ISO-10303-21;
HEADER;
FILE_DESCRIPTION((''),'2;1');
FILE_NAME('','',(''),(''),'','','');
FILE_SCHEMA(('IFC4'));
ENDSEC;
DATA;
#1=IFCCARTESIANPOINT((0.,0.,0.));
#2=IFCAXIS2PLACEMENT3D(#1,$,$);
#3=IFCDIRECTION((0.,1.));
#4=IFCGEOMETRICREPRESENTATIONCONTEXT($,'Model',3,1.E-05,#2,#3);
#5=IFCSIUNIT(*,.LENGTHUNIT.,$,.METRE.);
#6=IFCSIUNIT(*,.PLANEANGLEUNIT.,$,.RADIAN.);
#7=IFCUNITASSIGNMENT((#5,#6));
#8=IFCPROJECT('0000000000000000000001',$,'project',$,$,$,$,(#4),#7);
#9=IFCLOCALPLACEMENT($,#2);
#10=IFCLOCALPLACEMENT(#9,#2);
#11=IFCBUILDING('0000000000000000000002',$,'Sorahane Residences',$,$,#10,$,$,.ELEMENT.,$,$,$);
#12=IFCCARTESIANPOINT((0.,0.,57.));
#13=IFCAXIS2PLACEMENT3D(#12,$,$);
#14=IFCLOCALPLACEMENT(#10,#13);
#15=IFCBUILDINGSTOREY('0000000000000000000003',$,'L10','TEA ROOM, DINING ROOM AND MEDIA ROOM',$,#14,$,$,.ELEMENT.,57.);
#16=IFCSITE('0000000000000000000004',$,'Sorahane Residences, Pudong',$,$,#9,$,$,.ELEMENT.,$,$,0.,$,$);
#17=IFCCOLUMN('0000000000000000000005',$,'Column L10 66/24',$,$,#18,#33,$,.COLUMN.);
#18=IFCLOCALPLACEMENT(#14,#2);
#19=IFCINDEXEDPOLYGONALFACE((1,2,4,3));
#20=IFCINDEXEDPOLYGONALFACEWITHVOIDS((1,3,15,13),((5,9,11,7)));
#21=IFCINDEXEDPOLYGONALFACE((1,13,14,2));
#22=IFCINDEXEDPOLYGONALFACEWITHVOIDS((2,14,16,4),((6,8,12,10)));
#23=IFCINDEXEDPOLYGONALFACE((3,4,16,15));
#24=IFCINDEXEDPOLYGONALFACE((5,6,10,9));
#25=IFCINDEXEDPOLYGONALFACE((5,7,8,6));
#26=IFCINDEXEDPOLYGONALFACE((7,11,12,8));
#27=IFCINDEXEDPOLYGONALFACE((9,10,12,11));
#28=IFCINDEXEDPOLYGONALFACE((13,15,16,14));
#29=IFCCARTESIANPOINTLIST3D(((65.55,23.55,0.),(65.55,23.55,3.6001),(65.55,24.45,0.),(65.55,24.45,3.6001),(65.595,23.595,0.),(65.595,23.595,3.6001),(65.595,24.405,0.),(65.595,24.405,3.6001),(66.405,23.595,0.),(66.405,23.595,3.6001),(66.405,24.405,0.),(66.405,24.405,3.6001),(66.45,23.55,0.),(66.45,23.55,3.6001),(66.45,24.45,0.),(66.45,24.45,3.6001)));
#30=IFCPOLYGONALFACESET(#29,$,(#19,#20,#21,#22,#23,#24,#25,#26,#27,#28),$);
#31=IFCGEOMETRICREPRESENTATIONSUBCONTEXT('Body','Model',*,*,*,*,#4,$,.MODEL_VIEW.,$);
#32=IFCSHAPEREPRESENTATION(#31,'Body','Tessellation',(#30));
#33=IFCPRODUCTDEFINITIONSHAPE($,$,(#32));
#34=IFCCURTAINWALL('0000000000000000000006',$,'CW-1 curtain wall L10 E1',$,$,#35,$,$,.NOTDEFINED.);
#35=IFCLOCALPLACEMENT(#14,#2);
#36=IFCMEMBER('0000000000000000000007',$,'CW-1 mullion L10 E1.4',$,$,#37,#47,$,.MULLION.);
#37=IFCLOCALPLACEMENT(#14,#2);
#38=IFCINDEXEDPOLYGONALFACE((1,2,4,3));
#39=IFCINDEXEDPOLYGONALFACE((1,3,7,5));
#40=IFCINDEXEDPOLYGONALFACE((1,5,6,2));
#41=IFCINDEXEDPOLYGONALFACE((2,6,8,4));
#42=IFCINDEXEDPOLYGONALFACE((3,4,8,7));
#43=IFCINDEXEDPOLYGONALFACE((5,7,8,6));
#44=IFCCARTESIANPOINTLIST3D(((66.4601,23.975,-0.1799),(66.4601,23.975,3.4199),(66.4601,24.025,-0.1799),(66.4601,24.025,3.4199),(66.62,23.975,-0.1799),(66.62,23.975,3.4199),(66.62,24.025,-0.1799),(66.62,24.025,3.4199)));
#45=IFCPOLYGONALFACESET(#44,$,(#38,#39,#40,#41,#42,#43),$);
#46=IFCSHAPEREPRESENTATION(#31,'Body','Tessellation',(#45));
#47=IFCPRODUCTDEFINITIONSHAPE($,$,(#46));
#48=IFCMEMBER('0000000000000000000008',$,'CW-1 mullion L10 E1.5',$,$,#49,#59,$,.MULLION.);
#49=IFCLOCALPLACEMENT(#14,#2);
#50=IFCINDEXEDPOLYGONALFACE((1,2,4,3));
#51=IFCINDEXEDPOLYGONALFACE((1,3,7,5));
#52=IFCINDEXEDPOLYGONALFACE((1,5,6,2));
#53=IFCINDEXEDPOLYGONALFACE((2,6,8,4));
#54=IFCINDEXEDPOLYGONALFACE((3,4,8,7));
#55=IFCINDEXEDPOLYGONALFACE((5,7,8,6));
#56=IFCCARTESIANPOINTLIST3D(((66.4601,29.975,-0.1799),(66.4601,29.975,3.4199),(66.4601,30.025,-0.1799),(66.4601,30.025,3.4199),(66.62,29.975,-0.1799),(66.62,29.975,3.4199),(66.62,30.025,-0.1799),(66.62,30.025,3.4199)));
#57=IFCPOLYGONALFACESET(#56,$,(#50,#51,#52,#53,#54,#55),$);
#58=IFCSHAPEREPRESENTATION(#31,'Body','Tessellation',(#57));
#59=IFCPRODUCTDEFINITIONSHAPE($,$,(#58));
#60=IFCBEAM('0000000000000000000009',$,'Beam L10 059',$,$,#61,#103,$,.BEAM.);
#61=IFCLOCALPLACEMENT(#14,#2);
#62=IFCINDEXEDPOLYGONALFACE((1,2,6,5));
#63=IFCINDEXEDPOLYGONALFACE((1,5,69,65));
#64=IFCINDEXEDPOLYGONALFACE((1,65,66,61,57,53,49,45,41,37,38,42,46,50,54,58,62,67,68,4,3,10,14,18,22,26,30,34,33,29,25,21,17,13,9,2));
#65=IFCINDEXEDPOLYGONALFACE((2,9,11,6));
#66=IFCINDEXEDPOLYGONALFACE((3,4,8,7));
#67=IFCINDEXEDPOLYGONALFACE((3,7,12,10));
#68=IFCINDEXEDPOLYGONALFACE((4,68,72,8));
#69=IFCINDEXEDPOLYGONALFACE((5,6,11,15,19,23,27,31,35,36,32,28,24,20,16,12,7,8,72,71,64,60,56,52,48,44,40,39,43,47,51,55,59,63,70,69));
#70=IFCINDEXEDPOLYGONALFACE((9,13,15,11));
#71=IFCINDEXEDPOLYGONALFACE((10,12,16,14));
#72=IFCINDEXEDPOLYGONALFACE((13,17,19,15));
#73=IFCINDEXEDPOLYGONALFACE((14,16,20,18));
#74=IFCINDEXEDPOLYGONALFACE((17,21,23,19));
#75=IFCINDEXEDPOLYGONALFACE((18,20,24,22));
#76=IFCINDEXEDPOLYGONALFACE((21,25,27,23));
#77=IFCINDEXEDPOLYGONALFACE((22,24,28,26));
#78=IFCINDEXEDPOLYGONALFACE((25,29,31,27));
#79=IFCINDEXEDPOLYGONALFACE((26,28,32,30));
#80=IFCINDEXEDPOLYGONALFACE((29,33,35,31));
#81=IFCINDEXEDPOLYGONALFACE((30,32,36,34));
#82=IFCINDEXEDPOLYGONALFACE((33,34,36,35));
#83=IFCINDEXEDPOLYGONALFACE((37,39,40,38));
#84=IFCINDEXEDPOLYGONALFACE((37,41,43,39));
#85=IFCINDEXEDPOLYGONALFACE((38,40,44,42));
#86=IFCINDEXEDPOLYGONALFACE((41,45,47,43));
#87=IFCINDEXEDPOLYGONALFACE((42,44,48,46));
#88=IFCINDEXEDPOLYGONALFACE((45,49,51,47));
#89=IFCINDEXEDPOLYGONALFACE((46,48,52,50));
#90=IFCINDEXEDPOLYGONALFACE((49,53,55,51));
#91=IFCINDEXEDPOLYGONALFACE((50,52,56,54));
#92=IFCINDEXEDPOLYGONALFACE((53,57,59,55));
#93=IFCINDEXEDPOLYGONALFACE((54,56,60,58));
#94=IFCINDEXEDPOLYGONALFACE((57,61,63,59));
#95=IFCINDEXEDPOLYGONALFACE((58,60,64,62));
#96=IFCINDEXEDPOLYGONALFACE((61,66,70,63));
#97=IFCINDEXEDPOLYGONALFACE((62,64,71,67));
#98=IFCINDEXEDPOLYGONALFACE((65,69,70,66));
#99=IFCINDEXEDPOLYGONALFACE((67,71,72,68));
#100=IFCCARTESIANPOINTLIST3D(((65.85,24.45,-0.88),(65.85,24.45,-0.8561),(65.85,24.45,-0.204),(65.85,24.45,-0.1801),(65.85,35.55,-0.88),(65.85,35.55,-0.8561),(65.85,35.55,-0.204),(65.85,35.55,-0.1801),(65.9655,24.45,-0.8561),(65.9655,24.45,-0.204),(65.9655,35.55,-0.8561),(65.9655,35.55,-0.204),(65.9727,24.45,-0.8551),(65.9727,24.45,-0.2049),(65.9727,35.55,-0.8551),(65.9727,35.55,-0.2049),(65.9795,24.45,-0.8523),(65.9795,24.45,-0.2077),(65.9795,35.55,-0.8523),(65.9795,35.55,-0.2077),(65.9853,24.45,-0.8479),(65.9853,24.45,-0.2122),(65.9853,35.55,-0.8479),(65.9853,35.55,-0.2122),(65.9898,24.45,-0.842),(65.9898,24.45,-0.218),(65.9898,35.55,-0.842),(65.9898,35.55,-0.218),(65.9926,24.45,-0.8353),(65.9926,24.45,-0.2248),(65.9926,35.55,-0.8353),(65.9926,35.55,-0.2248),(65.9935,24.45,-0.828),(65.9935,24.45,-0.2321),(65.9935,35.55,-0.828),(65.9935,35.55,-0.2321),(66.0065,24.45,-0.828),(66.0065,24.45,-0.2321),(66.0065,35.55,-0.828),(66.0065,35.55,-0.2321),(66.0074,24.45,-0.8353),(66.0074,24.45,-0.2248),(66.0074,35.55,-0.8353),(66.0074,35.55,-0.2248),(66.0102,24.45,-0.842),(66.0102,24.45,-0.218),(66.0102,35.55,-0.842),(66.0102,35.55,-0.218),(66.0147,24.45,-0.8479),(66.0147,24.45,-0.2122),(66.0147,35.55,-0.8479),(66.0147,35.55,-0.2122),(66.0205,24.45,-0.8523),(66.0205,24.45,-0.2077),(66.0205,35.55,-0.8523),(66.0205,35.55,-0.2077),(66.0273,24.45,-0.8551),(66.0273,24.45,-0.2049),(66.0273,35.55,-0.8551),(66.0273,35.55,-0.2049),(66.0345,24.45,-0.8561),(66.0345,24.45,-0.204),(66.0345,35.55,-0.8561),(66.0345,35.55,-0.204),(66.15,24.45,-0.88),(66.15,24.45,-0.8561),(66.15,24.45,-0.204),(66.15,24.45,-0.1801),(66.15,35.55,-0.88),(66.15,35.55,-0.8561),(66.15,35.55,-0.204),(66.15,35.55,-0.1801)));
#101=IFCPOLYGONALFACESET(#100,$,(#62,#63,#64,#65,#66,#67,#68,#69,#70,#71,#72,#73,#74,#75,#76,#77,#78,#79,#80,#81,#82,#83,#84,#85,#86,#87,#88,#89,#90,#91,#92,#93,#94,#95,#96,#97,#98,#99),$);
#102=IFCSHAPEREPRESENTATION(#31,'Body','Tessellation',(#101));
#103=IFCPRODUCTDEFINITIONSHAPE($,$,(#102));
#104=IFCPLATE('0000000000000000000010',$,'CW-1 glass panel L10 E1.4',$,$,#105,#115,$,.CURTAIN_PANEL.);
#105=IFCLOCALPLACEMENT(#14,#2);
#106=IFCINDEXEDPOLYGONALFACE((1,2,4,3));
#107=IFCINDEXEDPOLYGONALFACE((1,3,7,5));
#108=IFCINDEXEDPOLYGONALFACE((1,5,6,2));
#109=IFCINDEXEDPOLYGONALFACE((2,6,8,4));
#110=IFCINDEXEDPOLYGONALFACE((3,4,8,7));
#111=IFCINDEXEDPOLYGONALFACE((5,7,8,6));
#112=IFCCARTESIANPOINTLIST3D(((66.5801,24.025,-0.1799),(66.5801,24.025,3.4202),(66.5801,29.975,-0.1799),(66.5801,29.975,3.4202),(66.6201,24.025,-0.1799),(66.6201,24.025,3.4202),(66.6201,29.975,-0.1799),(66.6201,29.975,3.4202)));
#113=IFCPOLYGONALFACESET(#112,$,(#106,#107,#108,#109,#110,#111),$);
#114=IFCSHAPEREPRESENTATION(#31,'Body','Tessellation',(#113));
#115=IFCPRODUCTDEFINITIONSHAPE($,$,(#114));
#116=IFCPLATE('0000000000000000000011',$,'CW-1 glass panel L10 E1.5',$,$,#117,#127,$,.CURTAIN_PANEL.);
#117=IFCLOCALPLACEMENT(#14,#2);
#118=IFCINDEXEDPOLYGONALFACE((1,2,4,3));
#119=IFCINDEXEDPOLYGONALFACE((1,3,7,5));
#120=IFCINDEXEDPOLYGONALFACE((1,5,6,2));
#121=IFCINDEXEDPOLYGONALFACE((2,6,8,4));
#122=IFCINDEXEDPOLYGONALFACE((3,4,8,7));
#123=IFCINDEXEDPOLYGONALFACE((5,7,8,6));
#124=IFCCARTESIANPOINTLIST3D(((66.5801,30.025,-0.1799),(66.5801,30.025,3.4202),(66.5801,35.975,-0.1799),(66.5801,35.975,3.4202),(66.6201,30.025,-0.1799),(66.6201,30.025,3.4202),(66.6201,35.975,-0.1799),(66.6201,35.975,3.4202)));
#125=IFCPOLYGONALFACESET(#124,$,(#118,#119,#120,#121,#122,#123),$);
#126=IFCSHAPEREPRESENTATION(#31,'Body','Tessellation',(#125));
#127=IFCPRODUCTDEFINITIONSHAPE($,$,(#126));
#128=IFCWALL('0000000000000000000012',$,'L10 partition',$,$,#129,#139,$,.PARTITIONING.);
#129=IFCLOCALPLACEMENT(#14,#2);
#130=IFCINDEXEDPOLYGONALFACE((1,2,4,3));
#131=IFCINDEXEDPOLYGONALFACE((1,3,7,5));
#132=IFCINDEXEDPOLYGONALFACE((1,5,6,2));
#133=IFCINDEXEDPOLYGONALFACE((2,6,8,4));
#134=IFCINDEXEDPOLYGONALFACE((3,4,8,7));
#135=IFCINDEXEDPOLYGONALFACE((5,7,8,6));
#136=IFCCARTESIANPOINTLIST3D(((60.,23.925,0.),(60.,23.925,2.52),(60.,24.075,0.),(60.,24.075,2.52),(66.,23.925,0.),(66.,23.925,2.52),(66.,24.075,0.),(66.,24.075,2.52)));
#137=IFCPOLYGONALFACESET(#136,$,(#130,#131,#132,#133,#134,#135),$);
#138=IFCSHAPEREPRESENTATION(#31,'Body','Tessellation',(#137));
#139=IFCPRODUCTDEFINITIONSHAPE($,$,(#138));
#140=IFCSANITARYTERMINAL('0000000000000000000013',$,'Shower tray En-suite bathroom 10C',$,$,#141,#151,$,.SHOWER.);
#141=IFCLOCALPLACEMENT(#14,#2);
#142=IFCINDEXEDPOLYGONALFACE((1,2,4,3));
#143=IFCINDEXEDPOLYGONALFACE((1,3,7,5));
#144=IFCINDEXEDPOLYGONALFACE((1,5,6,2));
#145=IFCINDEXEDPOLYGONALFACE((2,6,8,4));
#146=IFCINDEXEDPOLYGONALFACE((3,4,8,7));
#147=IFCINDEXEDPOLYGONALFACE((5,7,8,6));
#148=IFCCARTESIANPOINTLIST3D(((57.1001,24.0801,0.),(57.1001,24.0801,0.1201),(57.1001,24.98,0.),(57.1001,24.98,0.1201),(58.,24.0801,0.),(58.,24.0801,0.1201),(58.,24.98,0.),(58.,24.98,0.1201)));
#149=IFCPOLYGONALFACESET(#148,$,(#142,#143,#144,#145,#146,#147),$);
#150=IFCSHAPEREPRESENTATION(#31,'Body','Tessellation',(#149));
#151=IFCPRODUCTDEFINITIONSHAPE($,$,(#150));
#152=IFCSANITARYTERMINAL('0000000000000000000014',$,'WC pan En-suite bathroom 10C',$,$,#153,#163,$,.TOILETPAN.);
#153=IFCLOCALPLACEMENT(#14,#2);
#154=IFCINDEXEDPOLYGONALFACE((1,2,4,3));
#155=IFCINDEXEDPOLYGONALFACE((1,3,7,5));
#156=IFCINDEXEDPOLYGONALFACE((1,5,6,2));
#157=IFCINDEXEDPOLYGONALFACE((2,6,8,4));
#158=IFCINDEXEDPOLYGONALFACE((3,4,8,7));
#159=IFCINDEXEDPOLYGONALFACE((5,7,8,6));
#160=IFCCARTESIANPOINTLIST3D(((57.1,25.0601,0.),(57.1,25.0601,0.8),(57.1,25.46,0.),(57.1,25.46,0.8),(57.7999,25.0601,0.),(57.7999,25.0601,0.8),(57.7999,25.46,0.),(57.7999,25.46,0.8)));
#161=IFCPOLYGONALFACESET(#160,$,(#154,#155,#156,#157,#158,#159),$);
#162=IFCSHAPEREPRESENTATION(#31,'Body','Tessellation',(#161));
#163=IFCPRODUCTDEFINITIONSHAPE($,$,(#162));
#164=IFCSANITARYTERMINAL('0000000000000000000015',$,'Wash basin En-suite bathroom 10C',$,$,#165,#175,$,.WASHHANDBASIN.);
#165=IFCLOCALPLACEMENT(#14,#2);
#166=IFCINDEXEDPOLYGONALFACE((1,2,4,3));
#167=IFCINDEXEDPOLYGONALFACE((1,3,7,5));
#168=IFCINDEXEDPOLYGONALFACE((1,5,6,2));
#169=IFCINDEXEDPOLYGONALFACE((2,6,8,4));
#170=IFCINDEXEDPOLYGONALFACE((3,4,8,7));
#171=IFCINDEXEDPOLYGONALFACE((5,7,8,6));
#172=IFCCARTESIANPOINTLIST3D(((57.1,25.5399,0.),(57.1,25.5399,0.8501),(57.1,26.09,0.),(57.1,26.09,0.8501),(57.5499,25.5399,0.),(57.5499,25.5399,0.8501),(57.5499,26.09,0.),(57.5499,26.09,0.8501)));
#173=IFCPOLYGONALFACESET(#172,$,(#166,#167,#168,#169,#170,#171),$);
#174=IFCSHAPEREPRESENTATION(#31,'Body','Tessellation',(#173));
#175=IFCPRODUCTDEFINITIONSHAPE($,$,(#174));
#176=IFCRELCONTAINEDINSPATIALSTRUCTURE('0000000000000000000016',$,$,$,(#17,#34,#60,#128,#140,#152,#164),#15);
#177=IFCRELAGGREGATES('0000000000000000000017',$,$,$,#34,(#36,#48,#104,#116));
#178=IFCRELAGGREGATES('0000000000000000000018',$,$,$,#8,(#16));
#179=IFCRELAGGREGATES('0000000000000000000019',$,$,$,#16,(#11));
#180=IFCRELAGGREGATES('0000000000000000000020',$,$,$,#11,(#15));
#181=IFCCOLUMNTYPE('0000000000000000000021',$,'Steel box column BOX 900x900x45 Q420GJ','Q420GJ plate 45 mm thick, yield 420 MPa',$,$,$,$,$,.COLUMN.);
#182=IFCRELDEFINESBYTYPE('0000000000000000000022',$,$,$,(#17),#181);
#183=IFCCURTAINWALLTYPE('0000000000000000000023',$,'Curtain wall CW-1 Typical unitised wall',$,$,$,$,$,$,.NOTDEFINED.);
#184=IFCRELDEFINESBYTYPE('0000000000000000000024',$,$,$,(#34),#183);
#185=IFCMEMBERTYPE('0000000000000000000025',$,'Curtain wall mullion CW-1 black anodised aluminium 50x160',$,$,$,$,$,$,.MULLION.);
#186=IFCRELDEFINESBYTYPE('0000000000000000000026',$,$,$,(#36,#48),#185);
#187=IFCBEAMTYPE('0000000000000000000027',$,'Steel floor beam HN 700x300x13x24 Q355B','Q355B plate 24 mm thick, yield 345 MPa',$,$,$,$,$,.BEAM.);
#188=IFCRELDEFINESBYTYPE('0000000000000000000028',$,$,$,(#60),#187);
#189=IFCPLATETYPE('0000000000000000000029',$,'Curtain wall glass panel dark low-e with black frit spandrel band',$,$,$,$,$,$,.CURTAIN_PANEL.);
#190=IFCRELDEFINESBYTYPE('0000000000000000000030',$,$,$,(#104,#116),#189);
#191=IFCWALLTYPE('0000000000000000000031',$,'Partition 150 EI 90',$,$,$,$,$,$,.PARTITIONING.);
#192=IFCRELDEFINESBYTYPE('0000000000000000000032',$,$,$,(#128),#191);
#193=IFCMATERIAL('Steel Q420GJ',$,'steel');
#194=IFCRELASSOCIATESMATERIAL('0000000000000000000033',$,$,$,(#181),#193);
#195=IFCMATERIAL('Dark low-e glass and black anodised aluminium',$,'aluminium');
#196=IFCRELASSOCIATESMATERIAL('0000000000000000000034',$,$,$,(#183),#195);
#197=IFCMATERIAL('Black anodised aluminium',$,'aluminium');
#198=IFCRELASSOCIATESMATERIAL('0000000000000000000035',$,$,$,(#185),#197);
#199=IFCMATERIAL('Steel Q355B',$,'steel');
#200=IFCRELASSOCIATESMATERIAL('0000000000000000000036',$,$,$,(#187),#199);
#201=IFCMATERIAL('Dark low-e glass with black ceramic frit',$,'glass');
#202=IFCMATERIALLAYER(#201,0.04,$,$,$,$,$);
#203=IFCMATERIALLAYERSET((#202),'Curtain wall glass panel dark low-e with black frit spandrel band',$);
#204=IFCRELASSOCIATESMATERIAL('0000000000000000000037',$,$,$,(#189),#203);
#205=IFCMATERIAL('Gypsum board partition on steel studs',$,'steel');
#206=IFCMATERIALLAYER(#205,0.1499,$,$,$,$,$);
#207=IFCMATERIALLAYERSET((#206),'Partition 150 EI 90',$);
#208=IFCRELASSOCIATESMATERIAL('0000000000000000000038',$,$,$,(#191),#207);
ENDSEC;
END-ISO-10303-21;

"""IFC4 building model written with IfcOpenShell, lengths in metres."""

from ifc_helpers import new_model, si_unit, direction, frame, frame_2d, origin, origin_2d, place, context, subcontext, project, spatial, rectangle, hollow_rectangle, i_section, extrude, material, layer, layer_set, material_profile, profile_set, type_object, element, aggregate, save


model = new_model("IFC4")

# Units and contexts
model_context = context("Model", 3, precision=1e-05, world=origin(), true_north=direction((0.0, 1.0)))
body_context = subcontext(model_context, "Body", "Model", "MODEL_VIEW")
ifc_project = project(units=[si_unit("LENGTHUNIT", "METRE"), si_unit("PLANEANGLEUNIT", "RADIAN")], contexts=[model_context])

# Site, building, storey
site_placement = place(None, origin())
site = spatial("IfcSite", under=ifc_project, at=site_placement, Name="Sorahane Residences, Pudong", CompositionType="ELEMENT", RefElevation=0.0)
building_placement = place(site_placement, origin())
building = spatial("IfcBuilding", under=site, at=building_placement, Name="Sorahane Residences", CompositionType="ELEMENT")
storey_placement = place(building_placement, frame((0.0, 0.0, 57.0)))
storey = spatial("IfcBuildingStorey", under=building, at=storey_placement, Name="L10", Description="TEA ROOM, DINING ROOM AND MEDIA ROOM", CompositionType="ELEMENT", Elevation=57.0)

# Column
ifc_material_1 = material(Name="Steel Q420GJ", Category="steel")
ifc_material_profile_1 = material_profile(ifc_material_1, hollow_rectangle(XDim=0.8999, YDim=0.8999, WallThickness=0.0449, at=origin_2d()), Name="BOX 900x900x45")
ifc_profile_set_1 = profile_set([ifc_material_profile_1], Name="Steel Q420GJ")
column_type = type_object("IfcColumnType", Name="Steel box column BOX 900x900x45 Q420GJ", Description="Q420GJ plate 45 mm thick, yield 420 MPa", PredefinedType="COLUMN", material=ifc_profile_set_1)
column_placement = place(storey_placement, frame((66.0, 24.0, 0.0), z_axis=(0.0, 0.0, 1.0), x_axis=(1.0, 0.0, 0.0)))
element("IfcColumn", 1, at=column_placement, inside=storey, type_object=column_type, Name="Column L10 66/24", PredefinedType="COLUMN", context=body_context, shape_type="SweptSolid", body=[
    extrude(hollow_rectangle(XDim=0.8999, YDim=0.8999, WallThickness=0.0449, at=origin_2d()), origin(), (0.0, 0.0, 1.0), 3.6001),
])

# Curtain wall, members
ifc_material_2 = material(Name="Dark low-e glass and black anodised aluminium", Category="aluminium")
curtain_wall_type = type_object("IfcCurtainWallType", Name="Curtain wall CW-1 Typical unitised wall", PredefinedType="NOTDEFINED", material=ifc_material_2)
curtain_wall_placement = place(storey_placement, origin())
curtain_wall = element("IfcCurtainWall", 2, at=curtain_wall_placement, inside=storey, type_object=curtain_wall_type, Name="CW-1 curtain wall L10 E1", PredefinedType="NOTDEFINED")
ifc_material_3 = material(Name="Black anodised aluminium", Category="aluminium")
ifc_material_profile_2 = material_profile(ifc_material_3, rectangle(XDim=0.1599, YDim=0.05, at=origin_2d()), Name="Curtain wall mullion CW-1 black anodised aluminium 50x160")
ifc_profile_set_2 = profile_set([ifc_material_profile_2], Name="Black anodised aluminium")
member_type = type_object("IfcMemberType", Name="Curtain wall mullion CW-1 black anodised aluminium 50x160", PredefinedType="MULLION", material=ifc_profile_set_2)
member_1_placement = place(storey_placement, frame((66.54, 24.0, -0.1799), z_axis=(0.0, 0.0, 1.0), x_axis=(1.0, 0.0, 0.0)))
member_1 = element("IfcMember", 3, at=member_1_placement, type_object=member_type, Name="CW-1 mullion L10 E1.4", PredefinedType="MULLION", context=body_context, shape_type="SweptSolid", body=[
    extrude(rectangle(XDim=0.1599, YDim=0.05, at=origin_2d()), origin(), (0.0, 0.0, 1.0), 3.5999),
])
member_2_placement = place(storey_placement, frame((66.54, 30.0, -0.1799), z_axis=(0.0, 0.0, 1.0), x_axis=(1.0, 0.0, 0.0)))
member_2 = element("IfcMember", 4, at=member_2_placement, type_object=member_type, Name="CW-1 mullion L10 E1.5", PredefinedType="MULLION", context=body_context, shape_type="SweptSolid", body=[
    extrude(rectangle(XDim=0.1599, YDim=0.05, at=origin_2d()), origin(), (0.0, 0.0, 1.0), 3.5999),
])

# Beam
ifc_material_4 = material(Name="Steel Q355B", Category="steel")
ifc_material_profile_3 = material_profile(ifc_material_4, i_section(OverallWidth=0.3, OverallDepth=0.7, WebThickness=0.0129, FlangeThickness=0.0239, FilletRadius=0.0281, at=origin_2d()), Name="HN 700x300x13x24")
ifc_profile_set_3 = profile_set([ifc_material_profile_3], Name="Steel Q355B")
beam_type = type_object("IfcBeamType", Name="Steel floor beam HN 700x300x13x24 Q355B", Description="Q355B plate 24 mm thick, yield 345 MPa", PredefinedType="BEAM", material=ifc_profile_set_3)
beam_placement = place(storey_placement, frame((66.0, 24.45, -0.53), z_axis=(0.0, 1.0, 0.0), x_axis=(-1.0, 0.0, 0.0)))
element("IfcBeam", 5, at=beam_placement, inside=storey, type_object=beam_type, Name="Beam L10 059", PredefinedType="BEAM", context=body_context, shape_type="SweptSolid", body=[
    extrude(i_section(OverallWidth=0.3, OverallDepth=0.7, WebThickness=0.0129, FlangeThickness=0.0239, FilletRadius=0.0281, at=origin_2d()), origin(), (0.0, 0.0, 1.0), 11.1001),
])

# Plates
ifc_material_5 = material(Name="Dark low-e glass with black ceramic frit", Category="glass")
ifc_layer_1 = layer(ifc_material_5, 0.04)
ifc_layer_set_1 = layer_set([ifc_layer_1], Name="Curtain wall glass panel dark low-e with black frit spandrel band")
plate_type = type_object("IfcPlateType", Name="Curtain wall glass panel dark low-e with black frit spandrel band", PredefinedType="CURTAIN_PANEL", material=ifc_layer_set_1)
plate_1_placement = place(storey_placement, frame((66.6001, 27.0, -0.1799), z_axis=(0.0, 0.0, 1.0), x_axis=(0.0, 1.0, 0.0)))
plate_1 = element("IfcPlate", 6, at=plate_1_placement, type_object=plate_type, Name="CW-1 glass panel L10 E1.4", PredefinedType="CURTAIN_PANEL", context=body_context, shape_type="SweptSolid", body=[
    extrude(rectangle(XDim=5.95, YDim=0.04, at=origin_2d()), origin(), (0.0, 0.0, 1.0), 3.6001),
])
plate_2_placement = place(storey_placement, frame((66.6001, 33.0, -0.1799), z_axis=(0.0, 0.0, 1.0), x_axis=(0.0, 1.0, 0.0)))
plate_2 = element("IfcPlate", 7, at=plate_2_placement, type_object=plate_type, Name="CW-1 glass panel L10 E1.5", PredefinedType="CURTAIN_PANEL", context=body_context, shape_type="SweptSolid", body=[
    extrude(rectangle(XDim=5.95, YDim=0.04, at=origin_2d()), origin(), (0.0, 0.0, 1.0), 3.6001),
])
aggregate(curtain_wall, [member_1, member_2, plate_1, plate_2])

# Shared definitions
ifc_material_6 = material(Name="Gypsum board partition on steel studs", Category="steel")
ifc_layer_2 = layer(ifc_material_6, 0.1499)
ifc_layer_set_2 = layer_set([ifc_layer_2], Name="Partition 150 EI 90")
wall_type_1 = type_object("IfcWallType", Name="Partition 150 EI 90", PredefinedType="PARTITIONING", material=ifc_layer_set_2)

# Wall
wall_1_placement = place(storey_placement, frame((60.0, 24.0, 0.0), z_axis=(0.0, 0.0, 1.0), x_axis=(1.0, 0.0, 0.0)))
element("IfcWall", 8, at=wall_1_placement, inside=storey, type_object=wall_type_1, Name="L10 partition", PredefinedType="PARTITIONING", context=body_context, shape_type="SweptSolid", body=[
    extrude(rectangle(XDim=6.0, YDim=0.1499, at=frame_2d((3.0, 0.0))), origin(), (0.0, 0.0, 1.0), 2.52),
])

# Sanitary terminals
sanitary_terminal_1_placement = place(storey_placement, frame((57.55, 24.53, 0.0), z_axis=(0.0, 0.0, 1.0), x_axis=(0.0, 1.0, 0.0)))
element("IfcSanitaryTerminal", 9, at=sanitary_terminal_1_placement, inside=storey, Name="Shower tray En-suite bathroom 10C", PredefinedType="SHOWER", context=body_context, shape_type="SweptSolid", body=[
    extrude(rectangle(XDim=0.8999, YDim=0.8999, at=origin_2d()), origin(), (0.0, 0.0, 1.0), 0.1201),
])
sanitary_terminal_2_placement = place(storey_placement, frame((57.45, 25.26, 0.0), z_axis=(0.0, 0.0, 1.0), x_axis=(0.0, 1.0, 0.0)))
element("IfcSanitaryTerminal", 10, at=sanitary_terminal_2_placement, inside=storey, Name="WC pan En-suite bathroom 10C", PredefinedType="TOILETPAN", context=body_context, shape_type="SweptSolid", body=[
    extrude(rectangle(XDim=0.3999, YDim=0.7, at=origin_2d()), origin(), (0.0, 0.0, 1.0), 0.8),
])
sanitary_terminal_3_placement = place(storey_placement, frame((57.325, 25.8149, 0.0), z_axis=(0.0, 0.0, 1.0), x_axis=(0.0, 1.0, 0.0)))
element("IfcSanitaryTerminal", 11, at=sanitary_terminal_3_placement, inside=storey, Name="Wash basin En-suite bathroom 10C", PredefinedType="WASHHANDBASIN", context=body_context, shape_type="SweptSolid", body=[
    extrude(rectangle(XDim=0.55, YDim=0.45, at=origin_2d()), origin(), (0.0, 0.0, 1.0), 0.8501),
])

save(model, "model.ifc")
